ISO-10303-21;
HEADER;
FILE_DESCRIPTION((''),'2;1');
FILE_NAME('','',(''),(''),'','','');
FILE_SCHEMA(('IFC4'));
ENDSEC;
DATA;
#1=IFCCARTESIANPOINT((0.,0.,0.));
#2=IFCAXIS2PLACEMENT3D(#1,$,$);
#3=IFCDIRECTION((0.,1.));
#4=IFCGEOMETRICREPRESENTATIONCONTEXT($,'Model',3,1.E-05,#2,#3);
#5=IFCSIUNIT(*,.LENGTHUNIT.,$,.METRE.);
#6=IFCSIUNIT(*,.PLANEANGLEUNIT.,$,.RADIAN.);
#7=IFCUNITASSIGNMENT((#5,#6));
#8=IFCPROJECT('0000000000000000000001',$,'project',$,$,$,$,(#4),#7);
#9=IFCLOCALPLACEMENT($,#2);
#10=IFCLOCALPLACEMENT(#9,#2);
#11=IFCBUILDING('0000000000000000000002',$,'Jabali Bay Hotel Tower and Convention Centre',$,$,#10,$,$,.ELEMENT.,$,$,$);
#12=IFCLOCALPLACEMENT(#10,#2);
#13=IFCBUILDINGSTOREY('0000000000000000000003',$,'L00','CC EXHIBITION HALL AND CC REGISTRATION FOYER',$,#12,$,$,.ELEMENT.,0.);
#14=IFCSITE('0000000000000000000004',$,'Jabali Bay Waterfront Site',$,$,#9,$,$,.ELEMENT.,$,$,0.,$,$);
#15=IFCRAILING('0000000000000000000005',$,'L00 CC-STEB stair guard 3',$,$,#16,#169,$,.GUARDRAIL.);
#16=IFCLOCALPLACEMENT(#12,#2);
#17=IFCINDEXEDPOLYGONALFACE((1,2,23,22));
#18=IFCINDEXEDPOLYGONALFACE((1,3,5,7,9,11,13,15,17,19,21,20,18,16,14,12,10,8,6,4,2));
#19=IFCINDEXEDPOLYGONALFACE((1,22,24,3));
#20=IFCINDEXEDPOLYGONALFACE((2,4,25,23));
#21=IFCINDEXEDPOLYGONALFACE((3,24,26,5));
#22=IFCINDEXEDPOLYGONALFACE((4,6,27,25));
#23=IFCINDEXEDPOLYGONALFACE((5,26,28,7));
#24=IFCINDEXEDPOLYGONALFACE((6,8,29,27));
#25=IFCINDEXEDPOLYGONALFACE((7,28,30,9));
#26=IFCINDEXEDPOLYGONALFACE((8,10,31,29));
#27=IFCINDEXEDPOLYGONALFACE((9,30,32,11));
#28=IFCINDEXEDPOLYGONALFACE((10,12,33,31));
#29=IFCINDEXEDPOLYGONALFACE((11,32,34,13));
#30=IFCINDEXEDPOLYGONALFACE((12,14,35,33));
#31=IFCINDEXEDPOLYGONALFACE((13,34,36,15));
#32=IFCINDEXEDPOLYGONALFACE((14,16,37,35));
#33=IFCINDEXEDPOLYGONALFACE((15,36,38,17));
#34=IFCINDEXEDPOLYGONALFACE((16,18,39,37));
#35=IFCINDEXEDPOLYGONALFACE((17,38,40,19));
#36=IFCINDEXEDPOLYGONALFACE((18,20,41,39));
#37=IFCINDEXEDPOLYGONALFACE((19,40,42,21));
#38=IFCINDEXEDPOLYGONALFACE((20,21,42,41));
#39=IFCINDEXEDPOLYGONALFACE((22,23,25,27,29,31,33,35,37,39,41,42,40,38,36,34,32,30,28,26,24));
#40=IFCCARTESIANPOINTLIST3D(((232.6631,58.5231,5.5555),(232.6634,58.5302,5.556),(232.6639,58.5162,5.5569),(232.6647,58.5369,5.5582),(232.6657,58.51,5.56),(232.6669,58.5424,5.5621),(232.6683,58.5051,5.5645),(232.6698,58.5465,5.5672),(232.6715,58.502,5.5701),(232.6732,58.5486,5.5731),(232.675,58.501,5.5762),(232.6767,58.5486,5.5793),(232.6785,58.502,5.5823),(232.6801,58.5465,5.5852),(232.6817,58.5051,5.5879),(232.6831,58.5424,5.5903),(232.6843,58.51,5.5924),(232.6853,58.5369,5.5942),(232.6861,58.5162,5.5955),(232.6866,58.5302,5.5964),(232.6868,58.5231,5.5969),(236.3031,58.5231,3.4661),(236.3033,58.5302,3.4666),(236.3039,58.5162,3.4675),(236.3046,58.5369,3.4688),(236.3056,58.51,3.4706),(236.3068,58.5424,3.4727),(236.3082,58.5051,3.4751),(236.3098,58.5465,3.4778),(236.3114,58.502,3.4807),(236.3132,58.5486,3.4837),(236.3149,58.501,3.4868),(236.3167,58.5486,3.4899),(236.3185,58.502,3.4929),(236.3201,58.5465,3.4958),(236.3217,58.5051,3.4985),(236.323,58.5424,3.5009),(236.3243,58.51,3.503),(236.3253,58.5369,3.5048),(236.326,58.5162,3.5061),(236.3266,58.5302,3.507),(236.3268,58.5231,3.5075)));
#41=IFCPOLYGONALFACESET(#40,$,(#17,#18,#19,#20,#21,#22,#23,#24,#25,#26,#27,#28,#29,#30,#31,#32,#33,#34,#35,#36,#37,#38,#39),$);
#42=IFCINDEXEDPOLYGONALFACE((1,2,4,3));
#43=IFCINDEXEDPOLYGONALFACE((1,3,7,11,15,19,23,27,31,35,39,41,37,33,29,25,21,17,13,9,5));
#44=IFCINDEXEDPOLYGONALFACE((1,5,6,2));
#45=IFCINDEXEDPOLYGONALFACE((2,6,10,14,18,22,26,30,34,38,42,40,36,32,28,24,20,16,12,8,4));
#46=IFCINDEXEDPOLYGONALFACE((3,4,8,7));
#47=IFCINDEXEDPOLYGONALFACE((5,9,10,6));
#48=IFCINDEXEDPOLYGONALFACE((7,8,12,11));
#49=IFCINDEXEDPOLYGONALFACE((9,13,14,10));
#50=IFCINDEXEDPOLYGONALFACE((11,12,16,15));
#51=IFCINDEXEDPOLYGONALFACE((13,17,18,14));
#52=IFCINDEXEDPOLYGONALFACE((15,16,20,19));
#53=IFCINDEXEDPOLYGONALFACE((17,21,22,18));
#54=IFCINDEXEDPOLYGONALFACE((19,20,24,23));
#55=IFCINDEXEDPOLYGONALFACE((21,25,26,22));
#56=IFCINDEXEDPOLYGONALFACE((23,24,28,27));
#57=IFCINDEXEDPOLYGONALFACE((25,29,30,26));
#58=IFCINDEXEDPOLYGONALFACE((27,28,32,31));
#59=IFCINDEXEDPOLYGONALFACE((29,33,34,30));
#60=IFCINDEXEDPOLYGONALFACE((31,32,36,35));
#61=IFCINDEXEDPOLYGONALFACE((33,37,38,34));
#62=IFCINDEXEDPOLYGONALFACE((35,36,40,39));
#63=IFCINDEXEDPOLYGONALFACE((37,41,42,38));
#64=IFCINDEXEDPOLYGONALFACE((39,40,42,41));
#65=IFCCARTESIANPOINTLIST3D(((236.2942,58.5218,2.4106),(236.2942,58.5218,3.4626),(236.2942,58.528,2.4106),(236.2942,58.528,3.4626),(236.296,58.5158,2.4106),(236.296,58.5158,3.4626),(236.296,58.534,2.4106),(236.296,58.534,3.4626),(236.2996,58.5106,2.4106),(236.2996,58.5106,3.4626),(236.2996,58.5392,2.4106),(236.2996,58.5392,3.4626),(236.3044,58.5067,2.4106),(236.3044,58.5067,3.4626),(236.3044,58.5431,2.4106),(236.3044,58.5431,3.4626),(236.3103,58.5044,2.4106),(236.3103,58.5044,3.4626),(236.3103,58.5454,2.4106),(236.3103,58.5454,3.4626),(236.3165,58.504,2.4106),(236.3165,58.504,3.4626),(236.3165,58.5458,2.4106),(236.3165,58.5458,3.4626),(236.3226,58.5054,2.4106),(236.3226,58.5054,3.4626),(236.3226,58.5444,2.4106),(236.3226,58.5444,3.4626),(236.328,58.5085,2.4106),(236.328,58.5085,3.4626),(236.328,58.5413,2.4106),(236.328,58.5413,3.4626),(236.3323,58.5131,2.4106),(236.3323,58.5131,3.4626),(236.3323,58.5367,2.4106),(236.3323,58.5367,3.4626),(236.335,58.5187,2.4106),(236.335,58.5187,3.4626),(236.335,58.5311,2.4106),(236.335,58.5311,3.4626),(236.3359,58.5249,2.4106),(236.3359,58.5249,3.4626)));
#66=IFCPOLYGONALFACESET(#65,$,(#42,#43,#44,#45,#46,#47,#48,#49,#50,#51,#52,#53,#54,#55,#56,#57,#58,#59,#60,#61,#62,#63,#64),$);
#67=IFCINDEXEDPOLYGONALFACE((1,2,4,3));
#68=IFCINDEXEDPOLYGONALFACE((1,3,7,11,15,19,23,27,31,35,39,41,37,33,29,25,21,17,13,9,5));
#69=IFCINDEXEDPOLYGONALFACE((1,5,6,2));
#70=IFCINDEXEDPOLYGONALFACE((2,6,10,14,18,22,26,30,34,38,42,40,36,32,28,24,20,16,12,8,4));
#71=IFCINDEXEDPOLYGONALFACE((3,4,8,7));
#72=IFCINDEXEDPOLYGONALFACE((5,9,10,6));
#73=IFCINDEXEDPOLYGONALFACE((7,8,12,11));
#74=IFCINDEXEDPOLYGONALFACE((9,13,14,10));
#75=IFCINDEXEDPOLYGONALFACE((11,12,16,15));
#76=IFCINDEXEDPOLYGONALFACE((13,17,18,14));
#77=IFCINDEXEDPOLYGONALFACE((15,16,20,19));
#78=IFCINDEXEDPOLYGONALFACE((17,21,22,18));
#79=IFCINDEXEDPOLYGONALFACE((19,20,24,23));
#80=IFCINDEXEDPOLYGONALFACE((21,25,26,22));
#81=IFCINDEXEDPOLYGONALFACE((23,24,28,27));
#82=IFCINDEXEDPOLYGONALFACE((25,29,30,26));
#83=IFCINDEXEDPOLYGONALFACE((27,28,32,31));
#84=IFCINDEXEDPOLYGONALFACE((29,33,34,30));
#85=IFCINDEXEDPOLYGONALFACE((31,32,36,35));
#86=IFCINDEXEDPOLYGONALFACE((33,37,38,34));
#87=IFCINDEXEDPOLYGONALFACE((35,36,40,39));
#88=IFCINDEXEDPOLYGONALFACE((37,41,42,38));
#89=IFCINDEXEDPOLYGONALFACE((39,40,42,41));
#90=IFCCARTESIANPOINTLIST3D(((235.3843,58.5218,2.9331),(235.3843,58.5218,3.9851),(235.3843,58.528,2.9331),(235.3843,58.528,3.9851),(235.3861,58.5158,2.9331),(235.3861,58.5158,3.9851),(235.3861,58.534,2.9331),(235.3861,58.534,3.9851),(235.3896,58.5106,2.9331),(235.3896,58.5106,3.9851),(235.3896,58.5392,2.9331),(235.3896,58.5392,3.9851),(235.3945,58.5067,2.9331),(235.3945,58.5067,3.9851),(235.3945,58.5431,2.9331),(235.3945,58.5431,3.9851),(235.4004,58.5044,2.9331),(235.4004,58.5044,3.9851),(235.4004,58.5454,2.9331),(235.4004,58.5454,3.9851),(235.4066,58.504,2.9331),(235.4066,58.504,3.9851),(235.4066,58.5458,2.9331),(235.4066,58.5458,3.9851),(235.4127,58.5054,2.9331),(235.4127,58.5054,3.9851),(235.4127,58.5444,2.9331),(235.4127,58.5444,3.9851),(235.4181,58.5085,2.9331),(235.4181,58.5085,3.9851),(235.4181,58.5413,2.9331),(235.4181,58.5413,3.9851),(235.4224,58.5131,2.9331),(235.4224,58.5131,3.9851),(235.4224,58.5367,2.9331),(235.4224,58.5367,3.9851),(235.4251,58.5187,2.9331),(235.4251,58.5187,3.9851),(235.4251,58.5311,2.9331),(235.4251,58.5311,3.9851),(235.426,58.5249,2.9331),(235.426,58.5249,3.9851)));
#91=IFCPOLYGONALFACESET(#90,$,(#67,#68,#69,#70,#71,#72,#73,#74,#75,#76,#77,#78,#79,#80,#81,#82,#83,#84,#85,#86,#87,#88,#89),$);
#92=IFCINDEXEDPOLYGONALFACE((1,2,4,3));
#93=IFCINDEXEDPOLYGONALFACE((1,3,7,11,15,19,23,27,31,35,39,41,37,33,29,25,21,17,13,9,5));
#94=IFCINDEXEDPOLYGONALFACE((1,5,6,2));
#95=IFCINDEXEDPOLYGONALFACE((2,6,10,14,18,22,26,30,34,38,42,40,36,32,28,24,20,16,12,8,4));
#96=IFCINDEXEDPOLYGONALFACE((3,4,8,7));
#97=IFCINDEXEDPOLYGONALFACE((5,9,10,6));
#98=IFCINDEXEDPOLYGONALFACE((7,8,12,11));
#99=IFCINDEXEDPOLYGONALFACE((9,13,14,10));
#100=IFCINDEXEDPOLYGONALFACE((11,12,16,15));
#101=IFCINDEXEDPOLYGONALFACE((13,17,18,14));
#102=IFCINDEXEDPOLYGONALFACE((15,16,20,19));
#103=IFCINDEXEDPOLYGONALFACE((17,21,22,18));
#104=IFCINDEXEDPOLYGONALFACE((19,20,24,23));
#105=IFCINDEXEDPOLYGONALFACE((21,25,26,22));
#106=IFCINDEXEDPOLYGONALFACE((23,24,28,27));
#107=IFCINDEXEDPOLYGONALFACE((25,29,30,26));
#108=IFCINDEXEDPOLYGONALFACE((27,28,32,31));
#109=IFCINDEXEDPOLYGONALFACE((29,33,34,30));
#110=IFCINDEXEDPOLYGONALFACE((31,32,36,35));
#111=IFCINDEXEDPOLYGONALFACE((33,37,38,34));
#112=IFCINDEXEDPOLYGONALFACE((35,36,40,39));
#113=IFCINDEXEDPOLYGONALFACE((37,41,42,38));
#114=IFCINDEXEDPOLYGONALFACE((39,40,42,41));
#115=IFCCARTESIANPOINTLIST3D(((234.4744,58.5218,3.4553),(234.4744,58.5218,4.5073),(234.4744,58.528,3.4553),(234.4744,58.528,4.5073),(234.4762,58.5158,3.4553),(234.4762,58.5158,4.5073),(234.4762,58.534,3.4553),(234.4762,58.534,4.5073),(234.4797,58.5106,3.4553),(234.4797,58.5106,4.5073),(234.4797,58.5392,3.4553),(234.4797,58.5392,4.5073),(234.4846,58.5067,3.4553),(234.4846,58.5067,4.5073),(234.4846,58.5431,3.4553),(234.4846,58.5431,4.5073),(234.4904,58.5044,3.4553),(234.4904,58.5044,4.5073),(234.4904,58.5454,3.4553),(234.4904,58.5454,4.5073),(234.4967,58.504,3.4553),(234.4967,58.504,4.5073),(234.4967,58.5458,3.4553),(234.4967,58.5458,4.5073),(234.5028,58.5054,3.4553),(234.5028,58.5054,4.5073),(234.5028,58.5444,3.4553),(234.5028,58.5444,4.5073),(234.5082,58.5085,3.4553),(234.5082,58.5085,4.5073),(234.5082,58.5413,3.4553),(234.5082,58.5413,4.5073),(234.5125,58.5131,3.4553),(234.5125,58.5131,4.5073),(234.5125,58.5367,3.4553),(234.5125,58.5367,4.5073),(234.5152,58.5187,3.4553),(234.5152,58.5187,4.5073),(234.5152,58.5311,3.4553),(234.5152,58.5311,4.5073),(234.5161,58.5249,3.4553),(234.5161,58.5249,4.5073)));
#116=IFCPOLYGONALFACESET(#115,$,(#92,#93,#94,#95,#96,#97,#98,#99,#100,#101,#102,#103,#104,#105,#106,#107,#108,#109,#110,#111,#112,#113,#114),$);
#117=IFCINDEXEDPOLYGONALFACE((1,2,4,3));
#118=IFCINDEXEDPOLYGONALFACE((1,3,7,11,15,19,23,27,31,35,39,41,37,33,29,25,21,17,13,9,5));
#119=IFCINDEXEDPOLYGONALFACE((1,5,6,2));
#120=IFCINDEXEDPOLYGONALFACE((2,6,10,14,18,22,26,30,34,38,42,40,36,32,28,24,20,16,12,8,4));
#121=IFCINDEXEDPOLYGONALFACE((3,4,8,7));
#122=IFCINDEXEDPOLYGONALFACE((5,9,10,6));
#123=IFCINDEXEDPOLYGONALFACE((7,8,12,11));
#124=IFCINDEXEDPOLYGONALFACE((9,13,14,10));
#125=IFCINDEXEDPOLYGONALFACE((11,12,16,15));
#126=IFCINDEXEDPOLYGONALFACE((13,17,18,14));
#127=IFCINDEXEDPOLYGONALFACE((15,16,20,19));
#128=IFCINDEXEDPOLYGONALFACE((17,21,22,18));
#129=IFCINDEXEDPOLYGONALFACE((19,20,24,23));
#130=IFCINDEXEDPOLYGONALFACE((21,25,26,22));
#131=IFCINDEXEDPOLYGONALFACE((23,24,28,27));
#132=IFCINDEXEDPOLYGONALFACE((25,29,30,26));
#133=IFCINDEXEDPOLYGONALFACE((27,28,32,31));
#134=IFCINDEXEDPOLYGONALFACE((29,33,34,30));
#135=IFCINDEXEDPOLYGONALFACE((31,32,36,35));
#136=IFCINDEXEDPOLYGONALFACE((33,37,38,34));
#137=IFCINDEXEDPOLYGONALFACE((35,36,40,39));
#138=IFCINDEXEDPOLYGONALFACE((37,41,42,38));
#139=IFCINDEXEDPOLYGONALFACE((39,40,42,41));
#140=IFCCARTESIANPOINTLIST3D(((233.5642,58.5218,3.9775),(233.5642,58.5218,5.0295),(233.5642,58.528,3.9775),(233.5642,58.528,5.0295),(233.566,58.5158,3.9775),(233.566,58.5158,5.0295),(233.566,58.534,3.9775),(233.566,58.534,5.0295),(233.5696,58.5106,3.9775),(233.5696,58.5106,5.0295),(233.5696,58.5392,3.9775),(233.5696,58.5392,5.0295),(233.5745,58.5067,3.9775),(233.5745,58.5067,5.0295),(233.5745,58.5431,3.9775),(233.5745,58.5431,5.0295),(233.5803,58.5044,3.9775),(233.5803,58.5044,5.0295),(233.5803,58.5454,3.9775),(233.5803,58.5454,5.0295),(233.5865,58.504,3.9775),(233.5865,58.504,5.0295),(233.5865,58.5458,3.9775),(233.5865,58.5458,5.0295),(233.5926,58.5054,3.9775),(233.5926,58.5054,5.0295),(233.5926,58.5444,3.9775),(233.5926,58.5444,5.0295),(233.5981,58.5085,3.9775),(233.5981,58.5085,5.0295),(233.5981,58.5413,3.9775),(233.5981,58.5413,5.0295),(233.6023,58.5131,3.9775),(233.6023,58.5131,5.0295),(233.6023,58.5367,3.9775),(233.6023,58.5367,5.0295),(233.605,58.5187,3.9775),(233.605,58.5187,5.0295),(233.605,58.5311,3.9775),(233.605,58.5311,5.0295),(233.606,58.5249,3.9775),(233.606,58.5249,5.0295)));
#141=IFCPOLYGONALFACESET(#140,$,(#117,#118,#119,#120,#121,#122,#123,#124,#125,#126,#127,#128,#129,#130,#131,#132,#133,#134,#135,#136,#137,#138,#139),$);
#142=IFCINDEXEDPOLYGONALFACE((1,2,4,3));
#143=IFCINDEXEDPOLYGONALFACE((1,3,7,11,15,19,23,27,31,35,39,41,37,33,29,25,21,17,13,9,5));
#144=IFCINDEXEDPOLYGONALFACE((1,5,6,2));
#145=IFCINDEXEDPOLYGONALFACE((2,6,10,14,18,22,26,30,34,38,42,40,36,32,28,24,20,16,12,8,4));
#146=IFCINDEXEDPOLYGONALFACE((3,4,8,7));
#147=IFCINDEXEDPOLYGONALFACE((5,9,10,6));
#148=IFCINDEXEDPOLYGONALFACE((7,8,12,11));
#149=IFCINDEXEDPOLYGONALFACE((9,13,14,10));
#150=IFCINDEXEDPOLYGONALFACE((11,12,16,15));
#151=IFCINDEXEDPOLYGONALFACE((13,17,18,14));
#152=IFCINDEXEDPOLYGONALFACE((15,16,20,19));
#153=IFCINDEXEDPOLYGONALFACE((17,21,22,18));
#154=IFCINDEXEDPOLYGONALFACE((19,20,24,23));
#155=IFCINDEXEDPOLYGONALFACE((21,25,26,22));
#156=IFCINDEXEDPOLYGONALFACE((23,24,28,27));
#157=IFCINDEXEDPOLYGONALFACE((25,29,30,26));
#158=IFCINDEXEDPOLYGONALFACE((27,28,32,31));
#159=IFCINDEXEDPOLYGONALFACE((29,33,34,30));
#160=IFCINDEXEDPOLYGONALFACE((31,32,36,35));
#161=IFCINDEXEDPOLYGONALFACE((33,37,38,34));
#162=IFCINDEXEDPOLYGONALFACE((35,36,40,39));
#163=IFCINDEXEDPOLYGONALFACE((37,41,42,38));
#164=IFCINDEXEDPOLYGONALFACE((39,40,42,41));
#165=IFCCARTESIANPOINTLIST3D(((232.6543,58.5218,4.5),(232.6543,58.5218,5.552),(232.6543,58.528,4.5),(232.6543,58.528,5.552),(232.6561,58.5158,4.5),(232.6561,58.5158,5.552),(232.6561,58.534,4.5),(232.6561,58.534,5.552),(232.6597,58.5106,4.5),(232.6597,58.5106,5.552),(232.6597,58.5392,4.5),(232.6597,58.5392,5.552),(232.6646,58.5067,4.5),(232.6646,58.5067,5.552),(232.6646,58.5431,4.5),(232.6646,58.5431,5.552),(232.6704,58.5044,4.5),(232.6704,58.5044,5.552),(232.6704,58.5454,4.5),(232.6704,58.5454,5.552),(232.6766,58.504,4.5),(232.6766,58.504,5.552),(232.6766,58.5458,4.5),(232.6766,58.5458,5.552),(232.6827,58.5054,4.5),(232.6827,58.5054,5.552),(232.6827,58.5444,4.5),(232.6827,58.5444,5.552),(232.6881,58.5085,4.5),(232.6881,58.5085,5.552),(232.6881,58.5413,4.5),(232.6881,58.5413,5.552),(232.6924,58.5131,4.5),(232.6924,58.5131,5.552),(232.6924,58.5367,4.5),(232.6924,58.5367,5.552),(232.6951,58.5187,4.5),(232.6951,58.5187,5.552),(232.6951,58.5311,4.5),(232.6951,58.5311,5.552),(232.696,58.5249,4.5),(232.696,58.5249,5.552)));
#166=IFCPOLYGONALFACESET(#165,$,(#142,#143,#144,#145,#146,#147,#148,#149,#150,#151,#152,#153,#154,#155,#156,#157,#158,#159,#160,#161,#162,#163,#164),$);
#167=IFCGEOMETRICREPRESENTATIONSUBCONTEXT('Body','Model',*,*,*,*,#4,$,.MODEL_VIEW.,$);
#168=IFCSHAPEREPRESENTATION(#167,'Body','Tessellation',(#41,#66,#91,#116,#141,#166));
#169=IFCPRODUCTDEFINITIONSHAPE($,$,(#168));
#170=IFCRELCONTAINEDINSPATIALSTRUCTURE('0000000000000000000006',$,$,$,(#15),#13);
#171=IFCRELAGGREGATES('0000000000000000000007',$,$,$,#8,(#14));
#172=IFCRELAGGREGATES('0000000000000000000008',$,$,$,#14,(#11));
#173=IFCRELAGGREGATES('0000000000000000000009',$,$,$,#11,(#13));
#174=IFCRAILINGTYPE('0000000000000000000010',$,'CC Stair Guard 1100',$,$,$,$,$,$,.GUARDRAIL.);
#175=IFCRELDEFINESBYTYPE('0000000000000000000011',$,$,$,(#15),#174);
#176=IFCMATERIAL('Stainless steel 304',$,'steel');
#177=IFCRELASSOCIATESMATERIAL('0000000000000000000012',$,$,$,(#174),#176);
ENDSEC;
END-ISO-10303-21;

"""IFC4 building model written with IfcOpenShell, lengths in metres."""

from ifc_helpers import new_model, si_unit, direction, frame, origin, origin_2d, place, context, subcontext, project, spatial, circle, extrude, material, type_object, element, save


model = new_model("IFC4")

# Units and contexts
model_context = context("Model", 3, precision=1e-05, world=origin(), true_north=direction((0.0, 1.0)))
body_context = subcontext(model_context, "Body", "Model", "MODEL_VIEW")
ifc_project = project(units=[si_unit("LENGTHUNIT", "METRE"), si_unit("PLANEANGLEUNIT", "RADIAN")], contexts=[model_context])

# Site, building, storey
site_placement = place(None, origin())
site = spatial("IfcSite", under=ifc_project, at=site_placement, Name="Jabali Bay Waterfront Site", CompositionType="ELEMENT", RefElevation=0.0)
building_placement = place(site_placement, origin())
building = spatial("IfcBuilding", under=site, at=building_placement, Name="Jabali Bay Hotel Tower and Convention Centre", CompositionType="ELEMENT")
storey_placement = place(building_placement, origin())
storey = spatial("IfcBuildingStorey", under=building, at=storey_placement, Name="L00", Description="CC EXHIBITION HALL AND CC REGISTRATION FOYER", CompositionType="ELEMENT", Elevation=0.0)

# Railing
ifc_material_1 = material(Name="Stainless steel 304", Category="steel")
railing_type_1 = type_object("IfcRailingType", Name="CC Stair Guard 1100", PredefinedType="GUARDRAIL", material=ifc_material_1)
railing_1_placement = place(storey_placement, frame((236.3149, 58.5249, 2.4106)))
element("IfcRailing", 1, at=railing_1_placement, inside=storey, type_object=railing_type_1, Name="L00 CC-STEB stair guard 3", PredefinedType="GUARDRAIL", context=body_context, shape_type="SweptSolid", body=[
    extrude(circle(Radius=0.0239, at=origin_2d()), frame((0.0, 0.0, 1.0762), z_axis=(-0.867275, 0.0, 0.497829), x_axis=(0.0, -1.0, 0.0)), (0.0, 0.0, 1.0), 4.197),
    extrude(circle(Radius=0.021, at=origin_2d()), origin(), (0.0, 0.0, 1.0), 1.052),
    extrude(circle(Radius=0.021, at=origin_2d()), frame((-0.9099, 0.0, 0.5225)), (0.0, 0.0, 1.0), 1.052),
    extrude(circle(Radius=0.021, at=origin_2d()), frame((-1.8198, 0.0, 1.0447)), (0.0, 0.0, 1.0), 1.052),
    extrude(circle(Radius=0.021, at=origin_2d()), frame((-2.73, 0.0, 1.5669)), (0.0, 0.0, 1.0), 1.052),
    extrude(circle(Radius=0.021, at=origin_2d()), frame((-3.6399, 0.0, 2.0894)), (0.0, 0.0, 1.0), 1.052),
])

save(model, "model.ifc")
